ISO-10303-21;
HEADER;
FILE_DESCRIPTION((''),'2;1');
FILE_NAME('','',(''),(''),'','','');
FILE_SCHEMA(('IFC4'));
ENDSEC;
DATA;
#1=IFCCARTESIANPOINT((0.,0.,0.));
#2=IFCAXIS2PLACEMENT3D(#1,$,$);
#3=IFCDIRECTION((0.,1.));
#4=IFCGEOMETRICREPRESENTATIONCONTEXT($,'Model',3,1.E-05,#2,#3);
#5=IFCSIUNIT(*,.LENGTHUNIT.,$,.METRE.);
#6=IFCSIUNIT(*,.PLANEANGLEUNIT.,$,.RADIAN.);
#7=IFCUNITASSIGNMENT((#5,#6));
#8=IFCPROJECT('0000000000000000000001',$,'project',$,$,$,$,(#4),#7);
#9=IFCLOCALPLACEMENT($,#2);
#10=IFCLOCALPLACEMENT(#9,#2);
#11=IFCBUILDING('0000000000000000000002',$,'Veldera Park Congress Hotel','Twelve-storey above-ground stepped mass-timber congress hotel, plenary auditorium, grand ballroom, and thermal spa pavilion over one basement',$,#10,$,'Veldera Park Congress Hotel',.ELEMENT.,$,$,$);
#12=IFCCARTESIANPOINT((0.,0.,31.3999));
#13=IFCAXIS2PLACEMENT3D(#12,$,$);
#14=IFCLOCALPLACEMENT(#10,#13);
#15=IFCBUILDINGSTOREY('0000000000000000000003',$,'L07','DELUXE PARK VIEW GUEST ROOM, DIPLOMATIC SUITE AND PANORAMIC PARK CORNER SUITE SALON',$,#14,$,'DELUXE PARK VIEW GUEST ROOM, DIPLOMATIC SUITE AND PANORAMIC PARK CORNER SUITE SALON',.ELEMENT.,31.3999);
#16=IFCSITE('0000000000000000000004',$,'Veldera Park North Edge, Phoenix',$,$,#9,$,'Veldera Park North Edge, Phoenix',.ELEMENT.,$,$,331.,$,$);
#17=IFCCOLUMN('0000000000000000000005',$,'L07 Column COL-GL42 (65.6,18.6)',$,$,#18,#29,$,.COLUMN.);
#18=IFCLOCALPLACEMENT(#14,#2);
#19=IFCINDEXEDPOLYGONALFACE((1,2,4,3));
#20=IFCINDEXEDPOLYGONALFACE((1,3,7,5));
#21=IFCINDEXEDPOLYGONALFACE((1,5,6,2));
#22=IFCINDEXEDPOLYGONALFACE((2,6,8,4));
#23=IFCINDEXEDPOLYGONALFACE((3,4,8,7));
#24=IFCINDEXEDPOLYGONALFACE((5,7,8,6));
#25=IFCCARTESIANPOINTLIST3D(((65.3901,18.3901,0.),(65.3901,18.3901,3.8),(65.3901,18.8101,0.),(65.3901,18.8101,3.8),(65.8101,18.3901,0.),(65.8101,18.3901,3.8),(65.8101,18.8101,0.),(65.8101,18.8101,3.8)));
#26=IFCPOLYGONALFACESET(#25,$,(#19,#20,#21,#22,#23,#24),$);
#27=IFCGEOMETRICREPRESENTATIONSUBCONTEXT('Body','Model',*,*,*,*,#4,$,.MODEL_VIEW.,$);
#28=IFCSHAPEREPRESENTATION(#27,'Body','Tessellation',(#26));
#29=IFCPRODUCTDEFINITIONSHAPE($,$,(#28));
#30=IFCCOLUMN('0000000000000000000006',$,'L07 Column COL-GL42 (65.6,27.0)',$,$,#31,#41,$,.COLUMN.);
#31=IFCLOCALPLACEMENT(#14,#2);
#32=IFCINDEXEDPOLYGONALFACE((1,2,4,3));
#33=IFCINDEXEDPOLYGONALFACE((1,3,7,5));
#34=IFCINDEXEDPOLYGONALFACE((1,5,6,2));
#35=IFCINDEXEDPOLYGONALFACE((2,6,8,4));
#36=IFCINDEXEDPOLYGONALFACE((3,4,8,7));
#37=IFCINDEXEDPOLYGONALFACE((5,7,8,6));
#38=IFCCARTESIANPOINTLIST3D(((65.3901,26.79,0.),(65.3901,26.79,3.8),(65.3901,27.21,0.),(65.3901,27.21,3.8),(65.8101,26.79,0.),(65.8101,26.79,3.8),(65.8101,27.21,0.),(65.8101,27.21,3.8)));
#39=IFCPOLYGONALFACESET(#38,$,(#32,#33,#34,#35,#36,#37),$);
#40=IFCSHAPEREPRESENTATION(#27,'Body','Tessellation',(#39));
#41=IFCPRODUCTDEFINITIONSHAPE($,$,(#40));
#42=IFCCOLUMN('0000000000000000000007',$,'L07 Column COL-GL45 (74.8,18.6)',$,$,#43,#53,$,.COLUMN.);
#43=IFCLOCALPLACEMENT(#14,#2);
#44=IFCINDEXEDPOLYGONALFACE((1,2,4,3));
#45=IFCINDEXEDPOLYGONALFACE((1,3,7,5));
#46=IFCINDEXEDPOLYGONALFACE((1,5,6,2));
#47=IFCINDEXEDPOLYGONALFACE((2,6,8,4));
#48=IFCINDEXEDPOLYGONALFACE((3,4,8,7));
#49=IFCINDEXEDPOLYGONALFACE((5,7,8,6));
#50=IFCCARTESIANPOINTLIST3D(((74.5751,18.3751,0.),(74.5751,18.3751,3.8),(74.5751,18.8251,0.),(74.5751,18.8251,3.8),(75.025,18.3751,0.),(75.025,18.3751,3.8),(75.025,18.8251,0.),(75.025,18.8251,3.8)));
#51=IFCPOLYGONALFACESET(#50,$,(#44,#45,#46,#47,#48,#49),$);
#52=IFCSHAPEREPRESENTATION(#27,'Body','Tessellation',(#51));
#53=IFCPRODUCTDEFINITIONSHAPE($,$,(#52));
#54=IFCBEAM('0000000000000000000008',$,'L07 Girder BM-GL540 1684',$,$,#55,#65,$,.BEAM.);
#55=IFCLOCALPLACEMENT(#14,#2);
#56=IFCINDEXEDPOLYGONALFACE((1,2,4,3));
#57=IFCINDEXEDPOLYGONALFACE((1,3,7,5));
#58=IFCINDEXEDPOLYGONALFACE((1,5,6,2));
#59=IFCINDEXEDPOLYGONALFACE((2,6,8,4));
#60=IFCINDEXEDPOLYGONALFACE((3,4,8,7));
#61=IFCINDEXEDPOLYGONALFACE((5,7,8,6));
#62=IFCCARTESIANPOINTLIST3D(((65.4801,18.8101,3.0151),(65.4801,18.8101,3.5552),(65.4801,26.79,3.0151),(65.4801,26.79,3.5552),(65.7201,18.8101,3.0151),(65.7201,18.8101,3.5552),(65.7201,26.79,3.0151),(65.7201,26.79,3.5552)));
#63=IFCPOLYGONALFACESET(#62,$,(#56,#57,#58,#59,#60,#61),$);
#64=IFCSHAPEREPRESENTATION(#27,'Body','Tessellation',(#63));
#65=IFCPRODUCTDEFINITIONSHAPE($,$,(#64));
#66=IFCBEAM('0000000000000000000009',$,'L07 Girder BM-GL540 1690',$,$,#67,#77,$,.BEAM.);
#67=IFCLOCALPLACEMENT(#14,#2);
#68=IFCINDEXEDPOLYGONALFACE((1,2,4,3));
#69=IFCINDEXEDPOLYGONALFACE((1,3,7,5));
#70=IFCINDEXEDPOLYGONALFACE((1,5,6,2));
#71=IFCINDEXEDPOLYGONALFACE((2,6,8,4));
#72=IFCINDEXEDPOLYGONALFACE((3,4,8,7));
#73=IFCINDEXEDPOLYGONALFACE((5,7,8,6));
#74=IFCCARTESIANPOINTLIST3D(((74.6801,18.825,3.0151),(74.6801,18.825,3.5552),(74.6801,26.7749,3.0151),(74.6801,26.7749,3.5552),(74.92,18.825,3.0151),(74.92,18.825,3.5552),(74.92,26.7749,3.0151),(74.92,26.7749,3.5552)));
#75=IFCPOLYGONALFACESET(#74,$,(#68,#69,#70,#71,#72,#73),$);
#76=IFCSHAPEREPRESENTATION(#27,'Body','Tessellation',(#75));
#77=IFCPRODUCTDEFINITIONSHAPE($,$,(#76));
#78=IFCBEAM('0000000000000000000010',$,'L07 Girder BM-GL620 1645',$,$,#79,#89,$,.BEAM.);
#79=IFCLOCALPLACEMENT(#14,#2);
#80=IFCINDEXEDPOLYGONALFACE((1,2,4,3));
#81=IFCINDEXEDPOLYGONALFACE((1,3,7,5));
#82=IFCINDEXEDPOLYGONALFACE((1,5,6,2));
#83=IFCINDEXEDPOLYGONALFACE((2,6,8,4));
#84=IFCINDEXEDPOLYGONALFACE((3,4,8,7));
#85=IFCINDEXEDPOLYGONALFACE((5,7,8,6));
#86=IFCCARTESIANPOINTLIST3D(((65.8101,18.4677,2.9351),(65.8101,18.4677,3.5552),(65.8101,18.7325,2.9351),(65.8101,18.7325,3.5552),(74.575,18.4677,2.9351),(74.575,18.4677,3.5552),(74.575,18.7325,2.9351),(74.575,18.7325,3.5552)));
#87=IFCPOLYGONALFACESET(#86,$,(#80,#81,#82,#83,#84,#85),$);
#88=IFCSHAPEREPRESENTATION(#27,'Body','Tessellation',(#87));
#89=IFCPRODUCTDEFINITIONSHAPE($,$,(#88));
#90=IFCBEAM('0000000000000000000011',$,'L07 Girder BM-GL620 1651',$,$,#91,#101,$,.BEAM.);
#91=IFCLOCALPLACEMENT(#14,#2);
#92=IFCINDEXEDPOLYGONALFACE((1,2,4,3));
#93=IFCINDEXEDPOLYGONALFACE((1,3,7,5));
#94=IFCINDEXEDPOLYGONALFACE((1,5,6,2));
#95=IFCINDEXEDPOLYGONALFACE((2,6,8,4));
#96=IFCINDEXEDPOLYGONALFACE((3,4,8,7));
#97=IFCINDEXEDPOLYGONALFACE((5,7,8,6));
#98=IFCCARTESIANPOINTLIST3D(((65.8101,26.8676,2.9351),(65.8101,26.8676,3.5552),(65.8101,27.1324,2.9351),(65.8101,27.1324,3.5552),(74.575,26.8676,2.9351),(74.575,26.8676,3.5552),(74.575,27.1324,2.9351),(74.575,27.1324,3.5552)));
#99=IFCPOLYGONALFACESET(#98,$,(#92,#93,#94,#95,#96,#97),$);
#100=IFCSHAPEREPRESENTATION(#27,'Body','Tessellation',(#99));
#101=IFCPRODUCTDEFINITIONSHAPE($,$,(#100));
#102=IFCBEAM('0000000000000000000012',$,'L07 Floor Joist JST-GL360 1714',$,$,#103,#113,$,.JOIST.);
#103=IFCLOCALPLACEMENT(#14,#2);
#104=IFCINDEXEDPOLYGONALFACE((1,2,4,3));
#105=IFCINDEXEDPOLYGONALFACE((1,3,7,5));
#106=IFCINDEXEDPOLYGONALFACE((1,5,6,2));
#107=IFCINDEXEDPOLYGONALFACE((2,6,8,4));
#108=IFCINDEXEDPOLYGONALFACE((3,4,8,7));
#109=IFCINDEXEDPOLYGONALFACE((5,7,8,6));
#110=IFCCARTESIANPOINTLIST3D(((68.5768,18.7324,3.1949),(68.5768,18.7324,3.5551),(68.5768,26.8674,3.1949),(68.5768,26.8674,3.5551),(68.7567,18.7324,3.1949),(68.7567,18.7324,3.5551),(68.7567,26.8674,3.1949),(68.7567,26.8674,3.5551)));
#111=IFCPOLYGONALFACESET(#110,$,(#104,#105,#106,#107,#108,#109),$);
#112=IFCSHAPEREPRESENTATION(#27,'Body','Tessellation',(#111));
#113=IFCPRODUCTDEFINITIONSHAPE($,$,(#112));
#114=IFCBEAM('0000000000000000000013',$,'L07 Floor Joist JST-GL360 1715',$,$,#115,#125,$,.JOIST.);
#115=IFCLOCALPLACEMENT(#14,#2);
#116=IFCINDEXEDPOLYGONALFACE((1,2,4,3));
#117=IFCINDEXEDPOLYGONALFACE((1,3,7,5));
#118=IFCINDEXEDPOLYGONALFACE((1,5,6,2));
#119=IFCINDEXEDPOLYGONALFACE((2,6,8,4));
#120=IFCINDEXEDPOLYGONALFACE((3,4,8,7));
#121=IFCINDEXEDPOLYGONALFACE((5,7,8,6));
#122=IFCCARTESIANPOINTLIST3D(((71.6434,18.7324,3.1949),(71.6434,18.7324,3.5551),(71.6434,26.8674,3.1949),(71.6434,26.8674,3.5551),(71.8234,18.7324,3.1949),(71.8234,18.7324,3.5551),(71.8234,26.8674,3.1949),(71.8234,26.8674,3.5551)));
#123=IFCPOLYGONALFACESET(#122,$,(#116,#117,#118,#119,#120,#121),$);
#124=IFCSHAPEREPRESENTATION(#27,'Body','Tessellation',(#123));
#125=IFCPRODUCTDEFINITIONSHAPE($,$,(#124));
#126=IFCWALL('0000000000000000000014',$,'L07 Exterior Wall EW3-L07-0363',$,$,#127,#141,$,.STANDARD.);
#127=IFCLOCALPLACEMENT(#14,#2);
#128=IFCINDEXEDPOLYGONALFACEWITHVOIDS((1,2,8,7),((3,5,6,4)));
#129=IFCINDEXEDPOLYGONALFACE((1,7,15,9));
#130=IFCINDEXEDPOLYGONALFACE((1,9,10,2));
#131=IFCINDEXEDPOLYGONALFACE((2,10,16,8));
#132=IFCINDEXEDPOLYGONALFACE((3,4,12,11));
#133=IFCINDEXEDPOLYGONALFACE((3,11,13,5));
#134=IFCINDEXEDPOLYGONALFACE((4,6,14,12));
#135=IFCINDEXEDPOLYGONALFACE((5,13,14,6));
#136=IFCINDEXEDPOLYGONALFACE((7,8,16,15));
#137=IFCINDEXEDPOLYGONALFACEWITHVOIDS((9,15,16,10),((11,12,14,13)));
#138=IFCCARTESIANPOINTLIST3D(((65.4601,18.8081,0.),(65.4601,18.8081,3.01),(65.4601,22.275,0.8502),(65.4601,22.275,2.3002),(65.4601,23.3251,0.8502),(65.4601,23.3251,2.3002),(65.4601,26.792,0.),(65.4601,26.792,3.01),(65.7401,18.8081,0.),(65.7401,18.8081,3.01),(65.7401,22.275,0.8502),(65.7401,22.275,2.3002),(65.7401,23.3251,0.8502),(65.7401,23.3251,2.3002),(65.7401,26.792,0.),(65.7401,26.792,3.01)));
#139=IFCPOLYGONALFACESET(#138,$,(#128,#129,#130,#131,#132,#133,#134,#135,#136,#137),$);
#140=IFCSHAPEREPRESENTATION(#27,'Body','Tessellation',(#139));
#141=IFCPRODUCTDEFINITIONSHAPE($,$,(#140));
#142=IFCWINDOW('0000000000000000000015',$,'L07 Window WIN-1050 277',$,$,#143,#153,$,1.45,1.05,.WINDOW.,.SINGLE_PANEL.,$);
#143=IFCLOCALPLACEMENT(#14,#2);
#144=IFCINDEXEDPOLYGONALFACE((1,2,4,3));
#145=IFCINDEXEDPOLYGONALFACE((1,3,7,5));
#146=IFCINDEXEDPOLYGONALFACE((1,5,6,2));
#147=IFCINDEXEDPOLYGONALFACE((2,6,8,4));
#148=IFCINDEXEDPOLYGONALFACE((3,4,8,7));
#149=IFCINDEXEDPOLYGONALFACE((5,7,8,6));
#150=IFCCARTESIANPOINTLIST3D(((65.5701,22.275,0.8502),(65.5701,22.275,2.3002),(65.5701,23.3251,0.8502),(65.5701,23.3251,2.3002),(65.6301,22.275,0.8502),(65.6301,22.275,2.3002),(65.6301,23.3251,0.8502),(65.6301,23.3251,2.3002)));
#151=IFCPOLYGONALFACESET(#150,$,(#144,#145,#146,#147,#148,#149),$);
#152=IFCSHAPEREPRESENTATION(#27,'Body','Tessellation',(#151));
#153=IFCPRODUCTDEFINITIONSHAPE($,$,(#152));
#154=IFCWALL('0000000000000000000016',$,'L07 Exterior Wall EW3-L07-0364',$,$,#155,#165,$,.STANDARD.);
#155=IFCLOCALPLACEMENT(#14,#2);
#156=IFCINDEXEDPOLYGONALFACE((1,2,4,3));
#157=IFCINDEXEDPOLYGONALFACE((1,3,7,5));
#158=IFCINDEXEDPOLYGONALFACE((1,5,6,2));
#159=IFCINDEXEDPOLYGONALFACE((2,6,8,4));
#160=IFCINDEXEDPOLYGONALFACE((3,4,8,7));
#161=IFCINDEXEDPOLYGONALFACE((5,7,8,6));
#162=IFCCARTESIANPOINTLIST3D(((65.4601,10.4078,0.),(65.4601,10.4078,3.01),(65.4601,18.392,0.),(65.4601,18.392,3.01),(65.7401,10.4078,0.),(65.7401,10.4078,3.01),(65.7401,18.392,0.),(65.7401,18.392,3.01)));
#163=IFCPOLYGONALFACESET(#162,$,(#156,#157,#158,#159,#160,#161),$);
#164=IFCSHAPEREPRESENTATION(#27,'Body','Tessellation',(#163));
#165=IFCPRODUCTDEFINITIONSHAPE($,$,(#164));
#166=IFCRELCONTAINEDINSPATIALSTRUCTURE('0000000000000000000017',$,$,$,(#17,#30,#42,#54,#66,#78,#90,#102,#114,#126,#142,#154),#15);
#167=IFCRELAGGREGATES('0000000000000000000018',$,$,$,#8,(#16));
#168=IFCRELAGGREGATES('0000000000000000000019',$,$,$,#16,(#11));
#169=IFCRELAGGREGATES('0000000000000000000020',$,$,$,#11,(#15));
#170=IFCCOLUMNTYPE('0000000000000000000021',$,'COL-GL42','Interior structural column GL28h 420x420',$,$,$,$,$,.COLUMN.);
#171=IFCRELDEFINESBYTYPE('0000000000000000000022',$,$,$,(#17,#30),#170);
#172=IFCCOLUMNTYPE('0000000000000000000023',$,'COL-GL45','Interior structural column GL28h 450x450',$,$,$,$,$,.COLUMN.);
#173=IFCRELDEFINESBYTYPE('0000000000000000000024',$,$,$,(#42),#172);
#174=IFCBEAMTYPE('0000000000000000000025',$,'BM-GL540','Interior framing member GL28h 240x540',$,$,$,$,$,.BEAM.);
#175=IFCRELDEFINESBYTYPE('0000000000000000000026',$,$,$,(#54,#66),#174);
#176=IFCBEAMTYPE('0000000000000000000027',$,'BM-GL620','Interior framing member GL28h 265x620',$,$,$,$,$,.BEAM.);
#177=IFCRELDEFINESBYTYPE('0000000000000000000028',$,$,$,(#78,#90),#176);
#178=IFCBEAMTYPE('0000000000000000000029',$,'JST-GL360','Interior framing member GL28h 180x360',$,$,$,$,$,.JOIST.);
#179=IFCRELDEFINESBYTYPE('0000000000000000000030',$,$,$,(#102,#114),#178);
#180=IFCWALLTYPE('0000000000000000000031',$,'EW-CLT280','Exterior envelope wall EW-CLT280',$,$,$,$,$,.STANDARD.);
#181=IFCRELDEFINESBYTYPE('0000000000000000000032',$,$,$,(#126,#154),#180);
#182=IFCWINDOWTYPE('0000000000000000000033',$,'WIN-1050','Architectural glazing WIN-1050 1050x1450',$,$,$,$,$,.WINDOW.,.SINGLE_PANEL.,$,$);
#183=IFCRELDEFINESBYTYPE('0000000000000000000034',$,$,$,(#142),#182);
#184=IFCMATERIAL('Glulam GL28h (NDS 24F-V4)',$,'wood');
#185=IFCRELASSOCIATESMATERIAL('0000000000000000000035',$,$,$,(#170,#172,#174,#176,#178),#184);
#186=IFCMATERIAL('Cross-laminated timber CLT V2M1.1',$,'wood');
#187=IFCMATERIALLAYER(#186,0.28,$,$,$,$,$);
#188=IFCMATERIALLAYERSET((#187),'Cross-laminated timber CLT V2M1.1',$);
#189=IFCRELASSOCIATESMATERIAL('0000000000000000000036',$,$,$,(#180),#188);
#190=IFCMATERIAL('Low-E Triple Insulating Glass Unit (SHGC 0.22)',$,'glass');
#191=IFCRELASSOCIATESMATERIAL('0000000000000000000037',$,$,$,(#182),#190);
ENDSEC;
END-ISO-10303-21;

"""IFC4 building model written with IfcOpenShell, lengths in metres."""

from ifc_helpers import new_model, si_unit, direction, frame, frame_2d, origin, origin_2d, place, context, subcontext, project, spatial, rectangle, extrude, material, layer, layer_set, material_profile, profile_set, type_object, element, fill, save


model = new_model("IFC4")

# Units and contexts
model_context = context("Model", 3, precision=1e-05, world=origin(), true_north=direction((0.0, 1.0)))
body_context = subcontext(model_context, "Body", "Model", "MODEL_VIEW")
ifc_project = project(units=[si_unit("LENGTHUNIT", "METRE"), si_unit("PLANEANGLEUNIT", "RADIAN")], contexts=[model_context])

# Site, building, storey
site_placement = place(None, origin())
site = spatial("IfcSite", under=ifc_project, at=site_placement, Name="Veldera Park North Edge, Phoenix", LongName="Veldera Park North Edge, Phoenix", CompositionType="ELEMENT", RefElevation=331.0)
building_placement = place(site_placement, origin())
building = spatial("IfcBuilding", under=site, at=building_placement, Name="Veldera Park Congress Hotel", Description="Twelve-storey above-ground stepped mass-timber congress hotel, plenary auditorium, grand ballroom, and thermal spa pavilion over one basement", LongName="Veldera Park Congress Hotel", CompositionType="ELEMENT")
storey_placement = place(building_placement, frame((0.0, 0.0, 31.3999)))
storey = spatial("IfcBuildingStorey", under=building, at=storey_placement, Name="L07", Description="DELUXE PARK VIEW GUEST ROOM, DIPLOMATIC SUITE AND PANORAMIC PARK CORNER SUITE SALON", LongName="DELUXE PARK VIEW GUEST ROOM, DIPLOMATIC SUITE AND PANORAMIC PARK CORNER SUITE SALON", CompositionType="ELEMENT", Elevation=31.3999)

# Columns
ifc_material_1 = material(Name="Glulam GL28h (NDS 24F-V4)", Category="wood")
ifc_material_profile_1 = material_profile(ifc_material_1, rectangle(XDim=0.4199, YDim=0.4199, at=origin_2d()), Name="GL28h 420x420")
ifc_profile_set_1 = profile_set([ifc_material_profile_1], Name="Glulam GL28h (NDS 24F-V4)")
column_type_1 = type_object("IfcColumnType", Name="COL-GL42", Description="Interior structural column GL28h 420x420", PredefinedType="COLUMN", material=ifc_profile_set_1)
for number, where, z_axis, x_axis, name in (
    (1, (65.6001, 18.6001, 0.0), (0.0, 0.0, 1.0), (1.0, 0.0, 0.0), "L07 Column COL-GL42 (65.6,18.6)"),
    (2, (65.6001, 27.0, 0.0), (0.0, 0.0, 1.0), (1.0, 0.0, 0.0), "L07 Column COL-GL42 (65.6,27.0)"),
):
    element("IfcColumn", number, at=place(storey_placement, frame(where, z_axis=z_axis, x_axis=x_axis)), inside=storey, type_object=column_type_1, Name=name, PredefinedType="COLUMN", context=body_context, shape_type="SweptSolid", body=[
        extrude(rectangle(XDim=0.4199, YDim=0.4199, at=origin_2d()), origin(), (0.0, 0.0, 1.0), 3.8),
    ])
ifc_material_profile_2 = material_profile(ifc_material_1, rectangle(XDim=0.45, YDim=0.45, at=origin_2d()), Name="GL28h 450x450")
ifc_profile_set_2 = profile_set([ifc_material_profile_2], Name="Glulam GL28h (NDS 24F-V4)")
column_type_2 = type_object("IfcColumnType", Name="COL-GL45", Description="Interior structural column GL28h 450x450", PredefinedType="COLUMN", material=ifc_profile_set_2)
column_placement = place(storey_placement, frame((74.8, 18.6001, 0.0), z_axis=(0.0, 0.0, 1.0), x_axis=(1.0, 0.0, 0.0)))
element("IfcColumn", 3, at=column_placement, inside=storey, type_object=column_type_2, Name="L07 Column COL-GL45 (74.8,18.6)", PredefinedType="COLUMN", context=body_context, shape_type="SweptSolid", body=[
    extrude(rectangle(XDim=0.45, YDim=0.45, at=origin_2d()), origin(), (0.0, 0.0, 1.0), 3.8),
])

# Beams
ifc_material_profile_3 = material_profile(ifc_material_1, rectangle(XDim=0.24, YDim=0.54, at=origin_2d()), Name="GL28h 240x540")
ifc_profile_set_3 = profile_set([ifc_material_profile_3], Name="Glulam GL28h (NDS 24F-V4)")
beam_type_1 = type_object("IfcBeamType", Name="BM-GL540", Description="Interior framing member GL28h 240x540", PredefinedType="BEAM", material=ifc_profile_set_3)
beam_1_placement = place(storey_placement, frame((65.6001, 18.8101, 3.2852), z_axis=(0.0, 1.0, 0.0), x_axis=(-1.0, 0.0, 0.0)))
element("IfcBeam", 4, at=beam_1_placement, inside=storey, type_object=beam_type_1, Name="L07 Girder BM-GL540 1684", PredefinedType="BEAM", context=body_context, shape_type="SweptSolid", body=[
    extrude(rectangle(XDim=0.24, YDim=0.54, at=origin_2d()), origin(), (0.0, 0.0, 1.0), 7.98),
])
beam_2_placement = place(storey_placement, frame((74.8, 18.825, 3.2852), z_axis=(0.0, 1.0, 0.0), x_axis=(-1.0, 0.0, 0.0)))
element("IfcBeam", 5, at=beam_2_placement, inside=storey, type_object=beam_type_1, Name="L07 Girder BM-GL540 1690", PredefinedType="BEAM", context=body_context, shape_type="SweptSolid", body=[
    extrude(rectangle(XDim=0.24, YDim=0.54, at=origin_2d()), origin(), (0.0, 0.0, 1.0), 7.95),
])
ifc_material_profile_4 = material_profile(ifc_material_1, rectangle(XDim=0.2649, YDim=0.6201, at=origin_2d()), Name="GL28h 265x620")
ifc_profile_set_4 = profile_set([ifc_material_profile_4], Name="Glulam GL28h (NDS 24F-V4)")
beam_type_2 = type_object("IfcBeamType", Name="BM-GL620", Description="Interior framing member GL28h 265x620", PredefinedType="BEAM", material=ifc_profile_set_4)
for number, where, z_axis, x_axis, name in (
    (6, (65.8101, 18.6001, 3.2451), (1.0, 0.0, 0.0), (0.0, 1.0, 0.0), "L07 Girder BM-GL620 1645"),
    (7, (65.8101, 27.0, 3.2451), (1.0, 0.0, 0.0), (0.0, 1.0, 0.0), "L07 Girder BM-GL620 1651"),
):
    element("IfcBeam", number, at=place(storey_placement, frame(where, z_axis=z_axis, x_axis=x_axis)), inside=storey, type_object=beam_type_2, Name=name, PredefinedType="BEAM", context=body_context, shape_type="SweptSolid", body=[
        extrude(rectangle(XDim=0.2649, YDim=0.6201, at=origin_2d()), origin(), (0.0, 0.0, 1.0), 8.7649),
    ])
ifc_material_profile_5 = material_profile(ifc_material_1, rectangle(XDim=0.1799, YDim=0.3601, at=origin_2d()), Name="GL28h 180x360")
ifc_profile_set_5 = profile_set([ifc_material_profile_5], Name="Glulam GL28h (NDS 24F-V4)")
beam_type_3 = type_object("IfcBeamType", Name="JST-GL360", Description="Interior framing member GL28h 180x360", PredefinedType="JOIST", material=ifc_profile_set_5)
for number, where, z_axis, x_axis, name in (
    (8, (68.6667, 18.7324, 3.375), (0.0, 1.0, 0.0), (-1.0, 0.0, 0.0), "L07 Floor Joist JST-GL360 1714"),
    (9, (71.7334, 18.7324, 3.375), (0.0, 1.0, 0.0), (-1.0, 0.0, 0.0), "L07 Floor Joist JST-GL360 1715"),
):
    element("IfcBeam", number, at=place(storey_placement, frame(where, z_axis=z_axis, x_axis=x_axis)), inside=storey, type_object=beam_type_3, Name=name, PredefinedType="JOIST", context=body_context, shape_type="SweptSolid", body=[
        extrude(rectangle(XDim=0.1799, YDim=0.3601, at=origin_2d()), origin(), (0.0, 0.0, 1.0), 8.135),
    ])

# Wall, opening, window
ifc_material_2 = material(Name="Cross-laminated timber CLT V2M1.1", Category="wood")
ifc_layer_1 = layer(ifc_material_2, 0.28)
ifc_layer_set_1 = layer_set([ifc_layer_1], Name="Cross-laminated timber CLT V2M1.1")
wall_type_1 = type_object("IfcWallType", Name="EW-CLT280", Description="Exterior envelope wall EW-CLT280", PredefinedType="STANDARD", material=ifc_layer_set_1)
wall_1_placement = place(storey_placement, frame((65.6001, 26.792, 0.0), z_axis=(0.0, 0.0, 1.0), x_axis=(0.0, -1.0, 0.0)))
wall_1 = element("IfcWall", 10, at=wall_1_placement, inside=storey, type_object=wall_type_1, Name="L07 Exterior Wall EW3-L07-0363", PredefinedType="STANDARD", context=body_context, shape_type="SweptSolid", body=[
    extrude(rectangle(XDim=7.9839, YDim=0.28, at=frame_2d((3.9919, 0.0))), origin(), (0.0, 0.0, 1.0), 3.01),
])
opening_1_placement = place(wall_1_placement, frame((3.467, 0.0, 0.8501)))
opening_1 = element("IfcOpeningElement", 11, at=opening_1_placement, cuts=wall_1, PredefinedType="OPENING", context=body_context, shape_type="SweptSolid", body=[
    extrude(rectangle(XDim=1.05, YDim=1.45, at=frame_2d((0.5249, 0.7251))), frame((0.0, 0.1521, 0.0), z_axis=(0.0, -1.0, 0.0), x_axis=(1.0, 0.0, 0.0)), (0.0, 0.0, 1.0), 0.304),
])
ifc_material_3 = material(Name="Low-E Triple Insulating Glass Unit (SHGC 0.22)", Category="glass")
window_type = type_object("IfcWindowType", Name="WIN-1050", Description="Architectural glazing WIN-1050 1050x1450", PartitioningType="SINGLE_PANEL", PredefinedType="WINDOW", material=ifc_material_3)
window_placement = place(opening_1_placement, origin())
window = element("IfcWindow", 12, at=window_placement, inside=storey, type_object=window_type, Name="L07 Window WIN-1050 277", OverallHeight=1.45, OverallWidth=1.05, PartitioningType="SINGLE_PANEL", PredefinedType="WINDOW", context=body_context, shape_type="SweptSolid", body=[
    extrude(rectangle(XDim=1.05, YDim=1.45, at=frame_2d((0.5249, 0.7251))), frame((0.0, 0.03, 0.0), z_axis=(0.0, -1.0, 0.0), x_axis=(1.0, 0.0, 0.0)), (0.0, 0.0, 1.0), 0.0601),
])
fill(opening_1, window)

# Wall
wall_2_placement = place(storey_placement, frame((65.6001, 18.3921, 0.0), z_axis=(0.0, 0.0, 1.0), x_axis=(0.0, -1.0, 0.0)))
element("IfcWall", 13, at=wall_2_placement, inside=storey, type_object=wall_type_1, Name="L07 Exterior Wall EW3-L07-0364", PredefinedType="STANDARD", context=body_context, shape_type="SweptSolid", body=[
    extrude(rectangle(XDim=7.9841, YDim=0.28, at=frame_2d((3.9922, 0.0))), origin(), (0.0, 0.0, 1.0), 3.01),
])

save(model, "model.ifc")
